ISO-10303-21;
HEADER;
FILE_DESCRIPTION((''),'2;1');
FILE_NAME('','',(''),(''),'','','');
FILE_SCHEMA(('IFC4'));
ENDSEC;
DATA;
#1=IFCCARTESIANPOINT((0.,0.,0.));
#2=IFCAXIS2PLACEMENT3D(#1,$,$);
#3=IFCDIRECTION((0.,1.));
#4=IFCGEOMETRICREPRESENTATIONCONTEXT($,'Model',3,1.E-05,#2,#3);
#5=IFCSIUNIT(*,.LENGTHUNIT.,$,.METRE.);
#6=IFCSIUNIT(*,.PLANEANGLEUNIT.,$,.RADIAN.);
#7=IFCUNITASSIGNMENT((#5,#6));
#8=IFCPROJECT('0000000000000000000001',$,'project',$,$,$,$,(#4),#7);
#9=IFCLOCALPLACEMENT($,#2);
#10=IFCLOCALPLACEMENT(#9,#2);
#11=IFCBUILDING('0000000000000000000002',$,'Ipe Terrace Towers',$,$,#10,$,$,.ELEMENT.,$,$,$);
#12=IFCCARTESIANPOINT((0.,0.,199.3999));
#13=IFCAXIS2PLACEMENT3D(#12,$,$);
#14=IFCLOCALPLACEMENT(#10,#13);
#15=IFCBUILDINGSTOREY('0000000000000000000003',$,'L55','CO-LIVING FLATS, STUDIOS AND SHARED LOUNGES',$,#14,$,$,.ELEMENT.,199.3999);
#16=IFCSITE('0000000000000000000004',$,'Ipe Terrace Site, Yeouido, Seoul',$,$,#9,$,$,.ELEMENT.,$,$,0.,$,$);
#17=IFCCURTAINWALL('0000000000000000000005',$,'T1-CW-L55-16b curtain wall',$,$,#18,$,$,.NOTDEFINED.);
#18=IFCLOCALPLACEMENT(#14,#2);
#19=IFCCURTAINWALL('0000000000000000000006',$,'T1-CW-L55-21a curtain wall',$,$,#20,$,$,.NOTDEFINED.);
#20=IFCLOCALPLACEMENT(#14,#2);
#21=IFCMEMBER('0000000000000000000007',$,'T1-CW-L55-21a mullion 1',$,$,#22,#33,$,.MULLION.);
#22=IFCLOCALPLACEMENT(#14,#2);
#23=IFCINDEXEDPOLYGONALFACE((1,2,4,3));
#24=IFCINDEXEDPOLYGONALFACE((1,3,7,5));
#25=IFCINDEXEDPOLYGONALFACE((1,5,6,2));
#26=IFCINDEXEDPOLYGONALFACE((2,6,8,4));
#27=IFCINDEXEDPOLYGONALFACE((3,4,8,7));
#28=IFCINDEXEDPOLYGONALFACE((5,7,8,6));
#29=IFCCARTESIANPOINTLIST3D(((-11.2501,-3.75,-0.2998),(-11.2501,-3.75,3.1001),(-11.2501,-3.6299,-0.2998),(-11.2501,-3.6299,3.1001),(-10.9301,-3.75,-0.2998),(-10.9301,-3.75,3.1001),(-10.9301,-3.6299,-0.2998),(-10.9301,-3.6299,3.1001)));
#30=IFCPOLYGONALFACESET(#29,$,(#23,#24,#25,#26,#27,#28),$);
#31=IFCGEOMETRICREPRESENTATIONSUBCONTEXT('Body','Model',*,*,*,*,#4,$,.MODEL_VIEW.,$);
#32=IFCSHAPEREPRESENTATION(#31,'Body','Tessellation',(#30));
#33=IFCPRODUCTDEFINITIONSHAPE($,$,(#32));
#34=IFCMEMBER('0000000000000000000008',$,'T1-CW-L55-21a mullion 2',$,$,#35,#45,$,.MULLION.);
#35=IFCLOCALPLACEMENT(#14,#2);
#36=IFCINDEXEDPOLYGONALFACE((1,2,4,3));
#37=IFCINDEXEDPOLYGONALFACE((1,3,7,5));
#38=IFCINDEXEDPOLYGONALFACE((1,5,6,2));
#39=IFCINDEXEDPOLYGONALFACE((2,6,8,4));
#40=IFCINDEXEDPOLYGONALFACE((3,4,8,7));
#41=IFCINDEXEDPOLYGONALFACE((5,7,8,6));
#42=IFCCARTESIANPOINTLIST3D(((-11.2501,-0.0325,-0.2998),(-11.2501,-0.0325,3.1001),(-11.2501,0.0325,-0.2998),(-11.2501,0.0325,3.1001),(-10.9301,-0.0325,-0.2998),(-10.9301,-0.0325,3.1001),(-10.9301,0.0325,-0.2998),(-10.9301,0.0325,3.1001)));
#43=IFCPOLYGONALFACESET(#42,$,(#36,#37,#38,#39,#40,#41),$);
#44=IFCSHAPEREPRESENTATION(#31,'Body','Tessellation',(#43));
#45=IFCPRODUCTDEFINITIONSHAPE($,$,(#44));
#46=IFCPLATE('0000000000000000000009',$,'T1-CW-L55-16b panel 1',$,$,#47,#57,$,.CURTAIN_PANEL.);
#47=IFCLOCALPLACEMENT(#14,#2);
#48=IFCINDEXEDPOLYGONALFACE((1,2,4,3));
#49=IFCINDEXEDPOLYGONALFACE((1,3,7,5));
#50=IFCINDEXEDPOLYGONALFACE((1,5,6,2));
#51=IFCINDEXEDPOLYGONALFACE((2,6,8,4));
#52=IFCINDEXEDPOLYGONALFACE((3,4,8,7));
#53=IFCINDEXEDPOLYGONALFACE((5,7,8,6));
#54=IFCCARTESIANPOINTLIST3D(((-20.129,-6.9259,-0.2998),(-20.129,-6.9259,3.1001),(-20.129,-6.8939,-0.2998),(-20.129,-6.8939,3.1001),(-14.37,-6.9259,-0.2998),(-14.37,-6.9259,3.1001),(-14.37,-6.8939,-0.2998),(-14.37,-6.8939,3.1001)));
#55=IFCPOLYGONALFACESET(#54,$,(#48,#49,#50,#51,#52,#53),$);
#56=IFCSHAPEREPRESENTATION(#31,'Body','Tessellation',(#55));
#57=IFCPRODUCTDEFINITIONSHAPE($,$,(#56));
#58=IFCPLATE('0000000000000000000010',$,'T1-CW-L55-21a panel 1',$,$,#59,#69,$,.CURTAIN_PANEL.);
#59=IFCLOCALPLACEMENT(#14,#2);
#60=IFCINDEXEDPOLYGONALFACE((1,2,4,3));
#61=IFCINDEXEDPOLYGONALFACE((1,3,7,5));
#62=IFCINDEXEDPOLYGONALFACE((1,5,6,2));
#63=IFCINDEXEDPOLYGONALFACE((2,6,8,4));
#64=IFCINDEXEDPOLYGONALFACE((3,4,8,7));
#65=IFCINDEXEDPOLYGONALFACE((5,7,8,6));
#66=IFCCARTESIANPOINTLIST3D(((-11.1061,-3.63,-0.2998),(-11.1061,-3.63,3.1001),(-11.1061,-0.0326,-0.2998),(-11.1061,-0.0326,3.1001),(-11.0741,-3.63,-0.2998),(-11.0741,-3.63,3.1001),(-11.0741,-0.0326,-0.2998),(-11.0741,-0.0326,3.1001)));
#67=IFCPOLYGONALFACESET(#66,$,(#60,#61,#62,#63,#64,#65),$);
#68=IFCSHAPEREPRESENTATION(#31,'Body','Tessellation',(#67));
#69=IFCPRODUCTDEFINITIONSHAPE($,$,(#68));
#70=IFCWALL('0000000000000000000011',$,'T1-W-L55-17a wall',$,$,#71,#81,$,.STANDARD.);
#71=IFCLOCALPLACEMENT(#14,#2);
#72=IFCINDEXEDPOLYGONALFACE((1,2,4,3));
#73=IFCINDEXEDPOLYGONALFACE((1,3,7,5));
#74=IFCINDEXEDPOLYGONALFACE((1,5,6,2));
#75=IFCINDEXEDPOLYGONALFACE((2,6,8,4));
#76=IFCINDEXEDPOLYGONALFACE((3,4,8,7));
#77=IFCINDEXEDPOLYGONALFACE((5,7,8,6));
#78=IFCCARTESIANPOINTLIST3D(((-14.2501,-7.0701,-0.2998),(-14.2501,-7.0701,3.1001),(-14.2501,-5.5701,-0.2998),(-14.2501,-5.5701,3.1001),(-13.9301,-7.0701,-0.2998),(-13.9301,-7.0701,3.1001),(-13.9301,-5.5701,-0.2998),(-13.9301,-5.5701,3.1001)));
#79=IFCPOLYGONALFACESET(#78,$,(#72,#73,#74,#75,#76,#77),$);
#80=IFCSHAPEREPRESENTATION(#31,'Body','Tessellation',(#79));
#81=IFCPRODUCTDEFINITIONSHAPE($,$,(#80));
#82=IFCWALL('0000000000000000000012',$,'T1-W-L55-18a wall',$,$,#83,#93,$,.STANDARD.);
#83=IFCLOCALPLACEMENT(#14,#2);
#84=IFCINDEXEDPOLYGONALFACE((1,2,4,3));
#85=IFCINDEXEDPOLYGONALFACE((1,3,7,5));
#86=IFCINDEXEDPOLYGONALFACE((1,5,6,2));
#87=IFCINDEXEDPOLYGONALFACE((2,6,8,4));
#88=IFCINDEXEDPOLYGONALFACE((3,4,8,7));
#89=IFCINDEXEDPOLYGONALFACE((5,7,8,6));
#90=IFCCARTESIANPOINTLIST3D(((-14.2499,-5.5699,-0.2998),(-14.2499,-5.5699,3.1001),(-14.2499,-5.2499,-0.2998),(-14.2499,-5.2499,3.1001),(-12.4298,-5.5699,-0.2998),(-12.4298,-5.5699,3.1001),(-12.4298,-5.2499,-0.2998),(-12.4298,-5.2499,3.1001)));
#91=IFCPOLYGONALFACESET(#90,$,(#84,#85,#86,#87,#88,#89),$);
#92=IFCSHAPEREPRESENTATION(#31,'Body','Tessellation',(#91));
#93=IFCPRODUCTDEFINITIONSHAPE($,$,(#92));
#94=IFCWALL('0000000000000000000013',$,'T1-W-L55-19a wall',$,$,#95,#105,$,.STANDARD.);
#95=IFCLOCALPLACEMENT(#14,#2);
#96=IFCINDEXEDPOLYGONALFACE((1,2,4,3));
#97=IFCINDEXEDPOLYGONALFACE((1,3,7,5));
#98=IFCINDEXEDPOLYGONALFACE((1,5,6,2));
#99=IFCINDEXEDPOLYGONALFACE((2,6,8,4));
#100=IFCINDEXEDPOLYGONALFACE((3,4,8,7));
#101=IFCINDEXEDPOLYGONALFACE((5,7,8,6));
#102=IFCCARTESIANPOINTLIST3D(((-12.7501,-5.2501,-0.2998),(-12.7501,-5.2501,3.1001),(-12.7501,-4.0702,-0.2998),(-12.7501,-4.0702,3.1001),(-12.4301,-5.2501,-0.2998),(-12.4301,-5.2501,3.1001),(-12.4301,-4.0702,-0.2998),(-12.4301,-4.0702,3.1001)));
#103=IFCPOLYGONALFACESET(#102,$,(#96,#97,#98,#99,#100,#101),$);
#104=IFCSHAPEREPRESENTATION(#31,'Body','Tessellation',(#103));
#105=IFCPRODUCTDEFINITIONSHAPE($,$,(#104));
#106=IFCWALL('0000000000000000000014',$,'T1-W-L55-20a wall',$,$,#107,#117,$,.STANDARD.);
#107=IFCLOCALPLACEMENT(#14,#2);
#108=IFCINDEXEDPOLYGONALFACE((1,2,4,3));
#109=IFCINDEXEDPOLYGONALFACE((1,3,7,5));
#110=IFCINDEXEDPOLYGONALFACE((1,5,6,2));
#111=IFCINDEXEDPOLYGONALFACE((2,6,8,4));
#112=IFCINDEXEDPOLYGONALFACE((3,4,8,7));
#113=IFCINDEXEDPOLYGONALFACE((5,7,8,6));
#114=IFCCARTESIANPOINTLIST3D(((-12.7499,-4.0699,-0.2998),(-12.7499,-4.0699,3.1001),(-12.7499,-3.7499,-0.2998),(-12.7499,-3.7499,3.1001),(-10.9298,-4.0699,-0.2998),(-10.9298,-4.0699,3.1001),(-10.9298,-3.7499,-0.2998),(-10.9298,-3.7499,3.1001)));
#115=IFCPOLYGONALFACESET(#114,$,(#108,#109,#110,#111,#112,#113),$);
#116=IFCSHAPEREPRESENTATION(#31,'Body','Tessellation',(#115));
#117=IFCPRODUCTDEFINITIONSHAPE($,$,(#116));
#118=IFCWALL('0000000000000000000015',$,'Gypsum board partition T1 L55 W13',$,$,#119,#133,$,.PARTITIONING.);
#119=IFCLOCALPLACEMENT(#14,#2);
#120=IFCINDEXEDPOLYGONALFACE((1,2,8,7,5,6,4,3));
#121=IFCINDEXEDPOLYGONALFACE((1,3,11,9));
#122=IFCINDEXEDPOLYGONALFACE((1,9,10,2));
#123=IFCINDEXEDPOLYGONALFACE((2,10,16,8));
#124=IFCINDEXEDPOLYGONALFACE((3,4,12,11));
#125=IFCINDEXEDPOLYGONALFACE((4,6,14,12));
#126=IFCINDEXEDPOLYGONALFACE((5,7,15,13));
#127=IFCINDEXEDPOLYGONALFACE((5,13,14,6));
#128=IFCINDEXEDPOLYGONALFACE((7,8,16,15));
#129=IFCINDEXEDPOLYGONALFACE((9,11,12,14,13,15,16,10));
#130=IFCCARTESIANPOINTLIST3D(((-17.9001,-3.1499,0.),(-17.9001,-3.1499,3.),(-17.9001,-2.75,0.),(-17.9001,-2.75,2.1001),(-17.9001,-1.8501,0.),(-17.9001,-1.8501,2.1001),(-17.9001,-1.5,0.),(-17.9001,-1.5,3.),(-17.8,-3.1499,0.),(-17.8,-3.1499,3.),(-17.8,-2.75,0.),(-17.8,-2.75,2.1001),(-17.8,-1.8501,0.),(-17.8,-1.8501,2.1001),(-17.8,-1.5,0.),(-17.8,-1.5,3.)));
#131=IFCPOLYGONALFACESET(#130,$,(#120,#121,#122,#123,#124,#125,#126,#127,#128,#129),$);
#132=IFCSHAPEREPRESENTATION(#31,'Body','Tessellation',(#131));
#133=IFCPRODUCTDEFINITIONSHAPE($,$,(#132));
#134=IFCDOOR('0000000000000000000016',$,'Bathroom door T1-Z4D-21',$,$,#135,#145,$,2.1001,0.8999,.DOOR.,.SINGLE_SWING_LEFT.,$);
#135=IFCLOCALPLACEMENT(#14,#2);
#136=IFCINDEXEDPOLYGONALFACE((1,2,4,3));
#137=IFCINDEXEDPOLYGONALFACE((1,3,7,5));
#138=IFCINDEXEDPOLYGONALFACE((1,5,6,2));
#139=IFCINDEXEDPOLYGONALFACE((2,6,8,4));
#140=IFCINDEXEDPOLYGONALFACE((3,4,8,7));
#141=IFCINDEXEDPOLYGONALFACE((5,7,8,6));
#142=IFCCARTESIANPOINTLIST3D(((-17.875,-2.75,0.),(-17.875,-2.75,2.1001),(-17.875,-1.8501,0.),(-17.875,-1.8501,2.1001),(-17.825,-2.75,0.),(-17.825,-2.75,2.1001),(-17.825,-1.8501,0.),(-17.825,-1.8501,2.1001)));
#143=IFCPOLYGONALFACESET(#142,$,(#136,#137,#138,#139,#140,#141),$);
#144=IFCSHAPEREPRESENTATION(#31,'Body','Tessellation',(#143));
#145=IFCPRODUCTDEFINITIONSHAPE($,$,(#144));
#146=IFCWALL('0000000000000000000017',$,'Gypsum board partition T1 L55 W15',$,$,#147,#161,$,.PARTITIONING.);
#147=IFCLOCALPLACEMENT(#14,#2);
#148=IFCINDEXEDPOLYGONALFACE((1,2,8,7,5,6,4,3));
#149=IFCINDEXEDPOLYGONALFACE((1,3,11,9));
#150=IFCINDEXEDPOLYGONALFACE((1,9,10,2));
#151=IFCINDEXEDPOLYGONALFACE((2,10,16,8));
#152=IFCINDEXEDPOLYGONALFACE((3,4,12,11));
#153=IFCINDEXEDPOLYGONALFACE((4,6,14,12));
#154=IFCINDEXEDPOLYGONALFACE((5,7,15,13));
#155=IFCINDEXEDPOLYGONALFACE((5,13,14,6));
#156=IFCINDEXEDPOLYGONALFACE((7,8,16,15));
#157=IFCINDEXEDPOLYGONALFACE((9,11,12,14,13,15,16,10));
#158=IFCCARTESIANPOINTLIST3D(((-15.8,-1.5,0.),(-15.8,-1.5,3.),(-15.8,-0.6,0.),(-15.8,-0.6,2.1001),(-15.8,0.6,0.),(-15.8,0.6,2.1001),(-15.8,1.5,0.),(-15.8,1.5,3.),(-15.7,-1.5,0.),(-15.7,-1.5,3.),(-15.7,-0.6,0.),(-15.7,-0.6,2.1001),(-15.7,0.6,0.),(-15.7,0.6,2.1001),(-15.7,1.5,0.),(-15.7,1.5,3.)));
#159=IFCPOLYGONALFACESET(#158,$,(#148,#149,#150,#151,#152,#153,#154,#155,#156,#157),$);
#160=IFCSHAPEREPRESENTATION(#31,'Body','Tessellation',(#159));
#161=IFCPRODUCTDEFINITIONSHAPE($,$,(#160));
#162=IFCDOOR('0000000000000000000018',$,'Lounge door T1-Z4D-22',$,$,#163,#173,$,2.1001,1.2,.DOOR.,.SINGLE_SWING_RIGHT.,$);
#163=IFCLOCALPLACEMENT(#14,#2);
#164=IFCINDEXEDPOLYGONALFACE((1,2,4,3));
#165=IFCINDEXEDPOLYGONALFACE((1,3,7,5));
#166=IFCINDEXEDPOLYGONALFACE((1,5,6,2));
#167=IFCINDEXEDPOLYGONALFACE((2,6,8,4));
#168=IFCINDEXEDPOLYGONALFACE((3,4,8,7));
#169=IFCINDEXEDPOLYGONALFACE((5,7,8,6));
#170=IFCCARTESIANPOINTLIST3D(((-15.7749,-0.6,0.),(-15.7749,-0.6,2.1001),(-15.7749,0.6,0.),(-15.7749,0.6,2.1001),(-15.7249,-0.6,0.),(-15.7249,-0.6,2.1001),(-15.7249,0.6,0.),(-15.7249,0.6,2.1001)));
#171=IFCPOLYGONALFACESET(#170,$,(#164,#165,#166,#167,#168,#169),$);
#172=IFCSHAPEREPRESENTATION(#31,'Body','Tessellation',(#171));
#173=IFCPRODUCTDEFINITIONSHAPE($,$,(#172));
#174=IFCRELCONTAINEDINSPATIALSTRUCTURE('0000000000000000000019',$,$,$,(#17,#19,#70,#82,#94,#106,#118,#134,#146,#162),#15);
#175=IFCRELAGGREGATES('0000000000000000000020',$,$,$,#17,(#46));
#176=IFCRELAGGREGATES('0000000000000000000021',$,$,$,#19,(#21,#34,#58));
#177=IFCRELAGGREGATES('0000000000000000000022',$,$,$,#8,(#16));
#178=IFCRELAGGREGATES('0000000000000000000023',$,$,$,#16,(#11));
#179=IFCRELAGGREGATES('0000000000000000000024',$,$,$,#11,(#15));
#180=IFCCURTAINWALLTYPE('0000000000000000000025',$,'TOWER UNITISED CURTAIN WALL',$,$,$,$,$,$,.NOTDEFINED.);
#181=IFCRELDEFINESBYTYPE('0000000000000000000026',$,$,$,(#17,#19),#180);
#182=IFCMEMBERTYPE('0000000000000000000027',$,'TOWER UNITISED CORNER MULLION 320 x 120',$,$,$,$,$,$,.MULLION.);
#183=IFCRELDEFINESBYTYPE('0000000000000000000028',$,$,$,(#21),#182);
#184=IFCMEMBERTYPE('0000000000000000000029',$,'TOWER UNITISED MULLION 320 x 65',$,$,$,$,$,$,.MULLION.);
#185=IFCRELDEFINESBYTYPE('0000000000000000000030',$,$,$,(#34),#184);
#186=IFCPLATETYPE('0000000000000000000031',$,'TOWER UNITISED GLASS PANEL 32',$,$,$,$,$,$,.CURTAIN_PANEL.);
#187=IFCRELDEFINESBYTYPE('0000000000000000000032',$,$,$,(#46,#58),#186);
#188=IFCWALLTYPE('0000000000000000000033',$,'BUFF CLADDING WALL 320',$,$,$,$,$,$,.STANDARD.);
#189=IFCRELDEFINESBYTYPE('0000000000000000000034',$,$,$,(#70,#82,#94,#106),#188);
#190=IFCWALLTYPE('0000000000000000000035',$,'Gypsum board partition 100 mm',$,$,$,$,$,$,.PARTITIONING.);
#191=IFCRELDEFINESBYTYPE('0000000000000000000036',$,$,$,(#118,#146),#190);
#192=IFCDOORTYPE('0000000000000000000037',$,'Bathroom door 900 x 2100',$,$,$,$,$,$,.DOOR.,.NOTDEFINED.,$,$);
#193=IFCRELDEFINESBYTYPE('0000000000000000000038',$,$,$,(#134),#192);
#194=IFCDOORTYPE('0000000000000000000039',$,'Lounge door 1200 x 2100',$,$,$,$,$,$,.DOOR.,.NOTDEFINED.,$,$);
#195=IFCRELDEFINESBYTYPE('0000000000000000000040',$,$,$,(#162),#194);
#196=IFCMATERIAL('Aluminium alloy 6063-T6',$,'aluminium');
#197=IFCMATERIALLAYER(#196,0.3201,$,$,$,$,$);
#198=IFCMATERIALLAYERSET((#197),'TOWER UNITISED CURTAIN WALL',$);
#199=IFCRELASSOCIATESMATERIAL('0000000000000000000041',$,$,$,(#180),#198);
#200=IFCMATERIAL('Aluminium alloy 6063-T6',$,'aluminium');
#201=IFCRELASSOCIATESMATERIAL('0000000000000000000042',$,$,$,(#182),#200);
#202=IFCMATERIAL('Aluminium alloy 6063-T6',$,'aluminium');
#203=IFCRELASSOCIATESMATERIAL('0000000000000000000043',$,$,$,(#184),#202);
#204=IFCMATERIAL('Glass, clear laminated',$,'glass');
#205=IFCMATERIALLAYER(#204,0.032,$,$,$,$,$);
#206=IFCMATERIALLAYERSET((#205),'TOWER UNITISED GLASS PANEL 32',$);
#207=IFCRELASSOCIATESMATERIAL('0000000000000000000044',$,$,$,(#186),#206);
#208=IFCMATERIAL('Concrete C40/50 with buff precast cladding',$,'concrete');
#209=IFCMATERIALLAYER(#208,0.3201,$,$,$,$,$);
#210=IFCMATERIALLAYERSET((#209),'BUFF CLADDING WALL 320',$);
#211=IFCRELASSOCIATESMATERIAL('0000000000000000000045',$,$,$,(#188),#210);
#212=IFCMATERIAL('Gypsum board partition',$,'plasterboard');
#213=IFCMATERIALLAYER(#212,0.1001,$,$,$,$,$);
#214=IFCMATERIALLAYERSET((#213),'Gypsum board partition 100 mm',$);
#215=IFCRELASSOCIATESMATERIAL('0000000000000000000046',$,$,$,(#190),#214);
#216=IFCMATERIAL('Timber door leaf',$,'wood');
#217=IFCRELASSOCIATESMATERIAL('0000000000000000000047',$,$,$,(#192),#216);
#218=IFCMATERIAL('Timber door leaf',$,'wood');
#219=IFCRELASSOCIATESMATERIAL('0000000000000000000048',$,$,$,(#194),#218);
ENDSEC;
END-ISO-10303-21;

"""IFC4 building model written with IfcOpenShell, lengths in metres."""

from ifc_helpers import new_model, si_unit, direction, frame, frame_2d, origin, origin_2d, place, context, subcontext, project, spatial, rectangle, extrude, material, layer, layer_set, material_profile, profile_set, type_object, element, fill, aggregate, save


model = new_model("IFC4")

# Units and contexts
model_context = context("Model", 3, precision=1e-05, world=origin(), true_north=direction((0.0, 1.0)))
body_context = subcontext(model_context, "Body", "Model", "MODEL_VIEW")
ifc_project = project(units=[si_unit("LENGTHUNIT", "METRE"), si_unit("PLANEANGLEUNIT", "RADIAN")], contexts=[model_context])

# Site, building, storey
site_placement = place(None, origin())
site = spatial("IfcSite", under=ifc_project, at=site_placement, Name="Ipe Terrace Site, Yeouido, Seoul", CompositionType="ELEMENT", RefElevation=0.0)
building_placement = place(site_placement, origin())
building = spatial("IfcBuilding", under=site, at=building_placement, Name="Ipe Terrace Towers", CompositionType="ELEMENT")
storey_placement = place(building_placement, frame((0.0, 0.0, 199.3999)))
storey = spatial("IfcBuildingStorey", under=building, at=storey_placement, Name="L55", Description="CO-LIVING FLATS, STUDIOS AND SHARED LOUNGES", CompositionType="ELEMENT", Elevation=199.3999)

# Curtain walls, members
ifc_material_1 = material(Name="Aluminium alloy 6063-T6", Category="aluminium")
ifc_layer_1 = layer(ifc_material_1, 0.3201)
ifc_layer_set_1 = layer_set([ifc_layer_1], Name="TOWER UNITISED CURTAIN WALL")
curtain_wall_type = type_object("IfcCurtainWallType", Name="TOWER UNITISED CURTAIN WALL", PredefinedType="NOTDEFINED", material=ifc_layer_set_1)
curtain_wall_1_placement = place(storey_placement, origin())
curtain_wall_1 = element("IfcCurtainWall", 1, at=curtain_wall_1_placement, inside=storey, type_object=curtain_wall_type, Name="T1-CW-L55-16b curtain wall", PredefinedType="NOTDEFINED")
ifc_material_2 = material(Name="Aluminium alloy 6063-T6", Category="aluminium")
ifc_material_profile_1 = material_profile(ifc_material_2, rectangle(XDim=0.3201, YDim=0.1201, at=origin_2d()), Name="TOWER UNITISED CORNER MULLION 320 x 120")
ifc_profile_set_1 = profile_set([ifc_material_profile_1], Name="Aluminium alloy 6063-T6")
member_type_1 = type_object("IfcMemberType", Name="TOWER UNITISED CORNER MULLION 320 x 120", PredefinedType="MULLION", material=ifc_profile_set_1)
curtain_wall_2_placement = place(storey_placement, origin())
curtain_wall_2 = element("IfcCurtainWall", 2, at=curtain_wall_2_placement, inside=storey, type_object=curtain_wall_type, Name="T1-CW-L55-21a curtain wall", PredefinedType="NOTDEFINED")
member_1_placement = place(storey_placement, frame((-11.0901, -3.6899, -0.2998), z_axis=(0.0, 0.0, 1.0), x_axis=(1.0, 0.0, 0.0)))
member_1 = element("IfcMember", 3, at=member_1_placement, type_object=member_type_1, Name="T1-CW-L55-21a mullion 1", PredefinedType="MULLION", context=body_context, shape_type="SweptSolid", body=[
    extrude(rectangle(XDim=0.3201, YDim=0.1201, at=origin_2d()), origin(), (0.0, 0.0, 1.0), 3.3999),
])
ifc_material_3 = material(Name="Aluminium alloy 6063-T6", Category="aluminium")
ifc_material_profile_2 = material_profile(ifc_material_3, rectangle(XDim=0.3201, YDim=0.0649, at=origin_2d()), Name="TOWER UNITISED MULLION 320 x 65")
ifc_profile_set_2 = profile_set([ifc_material_profile_2], Name="Aluminium alloy 6063-T6")
member_type_2 = type_object("IfcMemberType", Name="TOWER UNITISED MULLION 320 x 65", PredefinedType="MULLION", material=ifc_profile_set_2)
member_2_placement = place(storey_placement, frame((-11.0901, 0.0, -0.2998), z_axis=(0.0, 0.0, 1.0), x_axis=(1.0, 0.0, 0.0)))
member_2 = element("IfcMember", 4, at=member_2_placement, type_object=member_type_2, Name="T1-CW-L55-21a mullion 2", PredefinedType="MULLION", context=body_context, shape_type="SweptSolid", body=[
    extrude(rectangle(XDim=0.3201, YDim=0.0649, at=origin_2d()), origin(), (0.0, 0.0, 1.0), 3.3999),
])

# Plates
ifc_material_4 = material(Name="Glass, clear laminated", Category="glass")
ifc_layer_2 = layer(ifc_material_4, 0.032)
ifc_layer_set_2 = layer_set([ifc_layer_2], Name="TOWER UNITISED GLASS PANEL 32")
plate_type = type_object("IfcPlateType", Name="TOWER UNITISED GLASS PANEL 32", PredefinedType="CURTAIN_PANEL", material=ifc_layer_set_2)
plate_1_placement = place(storey_placement, frame((-17.2495, -6.9099, -0.2998), z_axis=(0.0, 0.0, 1.0), x_axis=(1.0, 0.0, 0.0)))
plate_1 = element("IfcPlate", 5, at=plate_1_placement, type_object=plate_type, Name="T1-CW-L55-16b panel 1", PredefinedType="CURTAIN_PANEL", context=body_context, shape_type="SweptSolid", body=[
    extrude(rectangle(XDim=5.759, YDim=0.032, at=origin_2d()), origin(), (0.0, 0.0, 1.0), 3.3999),
])
aggregate(curtain_wall_1, [plate_1])
plate_2_placement = place(storey_placement, frame((-11.0901, -1.8313, -0.2998), z_axis=(0.0, 0.0, 1.0), x_axis=(0.0, 1.0, 0.0)))
plate_2 = element("IfcPlate", 6, at=plate_2_placement, type_object=plate_type, Name="T1-CW-L55-21a panel 1", PredefinedType="CURTAIN_PANEL", context=body_context, shape_type="SweptSolid", body=[
    extrude(rectangle(XDim=3.5974, YDim=0.032, at=origin_2d()), origin(), (0.0, 0.0, 1.0), 3.3999),
])
aggregate(curtain_wall_2, [member_1, member_2, plate_2])

# Walls
ifc_material_5 = material(Name="Concrete C40/50 with buff precast cladding", Category="concrete")
ifc_layer_3 = layer(ifc_material_5, 0.3201)
ifc_layer_set_3 = layer_set([ifc_layer_3], Name="BUFF CLADDING WALL 320")
wall_type_1 = type_object("IfcWallType", Name="BUFF CLADDING WALL 320", PredefinedType="STANDARD", material=ifc_layer_set_3)
wall_1_placement = place(storey_placement, frame((-14.0901, -7.0701, -0.2998), z_axis=(0.0, 0.0, 1.0), x_axis=(0.0, 1.0, 0.0)))
element("IfcWall", 7, at=wall_1_placement, inside=storey, type_object=wall_type_1, Name="T1-W-L55-17a wall", PredefinedType="STANDARD", context=body_context, shape_type="SweptSolid", body=[
    extrude(rectangle(XDim=1.5, YDim=0.3201, at=frame_2d((0.75, 0.0))), origin(), (0.0, 0.0, 1.0), 3.3999),
])
wall_2_placement = place(storey_placement, frame((-14.25, -5.4099, -0.2998), z_axis=(0.0, 0.0, 1.0), x_axis=(1.0, 0.0, 0.0)))
element("IfcWall", 8, at=wall_2_placement, inside=storey, type_object=wall_type_1, Name="T1-W-L55-18a wall", PredefinedType="STANDARD", context=body_context, shape_type="SweptSolid", body=[
    extrude(rectangle(XDim=1.8201, YDim=0.3201, at=frame_2d((0.9102, 0.0))), origin(), (0.0, 0.0, 1.0), 3.3999),
])
wall_3_placement = place(storey_placement, frame((-12.5901, -5.25, -0.2998), z_axis=(0.0, 0.0, 1.0), x_axis=(0.0, 1.0, 0.0)))
element("IfcWall", 9, at=wall_3_placement, inside=storey, type_object=wall_type_1, Name="T1-W-L55-19a wall", PredefinedType="STANDARD", context=body_context, shape_type="SweptSolid", body=[
    extrude(rectangle(XDim=1.1799, YDim=0.3201, at=frame_2d((0.5898, 0.0))), origin(), (0.0, 0.0, 1.0), 3.3999),
])
wall_4_placement = place(storey_placement, frame((-12.75, -3.9099, -0.2998), z_axis=(0.0, 0.0, 1.0), x_axis=(1.0, 0.0, 0.0)))
element("IfcWall", 10, at=wall_4_placement, inside=storey, type_object=wall_type_1, Name="T1-W-L55-20a wall", PredefinedType="STANDARD", context=body_context, shape_type="SweptSolid", body=[
    extrude(rectangle(XDim=1.8201, YDim=0.3201, at=frame_2d((0.9102, 0.0))), origin(), (0.0, 0.0, 1.0), 3.3999),
])

# Walls, openings, doors
ifc_material_6 = material(Name="Gypsum board partition", Category="plasterboard")
ifc_layer_4 = layer(ifc_material_6, 0.1001)
ifc_layer_set_4 = layer_set([ifc_layer_4], Name="Gypsum board partition 100 mm")
wall_type_2 = type_object("IfcWallType", Name="Gypsum board partition 100 mm", PredefinedType="PARTITIONING", material=ifc_layer_set_4)
wall_5_placement = place(storey_placement, frame((-17.8501, -3.1499, 0.0), z_axis=(0.0, 0.0, 1.0), x_axis=(0.0, 1.0, 0.0)))
wall_5 = element("IfcWall", 11, at=wall_5_placement, inside=storey, type_object=wall_type_2, Name="Gypsum board partition T1 L55 W13", PredefinedType="PARTITIONING", context=body_context, shape_type="SweptSolid", body=[
    extrude(rectangle(XDim=1.6499, YDim=0.1001, at=frame_2d((0.825, 0.0))), origin(), (0.0, 0.0, 1.0), 3.0),
])
opening_1_placement = place(wall_5_placement, frame((0.3999, 0.0, 0.0)))
opening_1 = element("IfcOpeningElement", 12, at=opening_1_placement, cuts=wall_5, PredefinedType="OPENING", context=body_context, shape_type="SweptSolid", body=[
    extrude(rectangle(XDim=0.8999, YDim=2.1001, at=frame_2d((0.45, 1.05))), frame((0.0, 0.0601, 0.0), z_axis=(0.0, -1.0, 0.0), x_axis=(1.0, 0.0, 0.0)), (0.0, 0.0, 1.0), 0.1201),
])
ifc_material_7 = material(Name="Timber door leaf", Category="wood")
door_type_1 = type_object("IfcDoorType", Name="Bathroom door 900 x 2100", OperationType="NOTDEFINED", PredefinedType="DOOR", material=ifc_material_7)
door_1_placement = place(opening_1_placement, origin())
door_1 = element("IfcDoor", 13, at=door_1_placement, inside=storey, type_object=door_type_1, Name="Bathroom door T1-Z4D-21", OperationType="SINGLE_SWING_LEFT", OverallHeight=2.1001, OverallWidth=0.8999, PredefinedType="DOOR", context=body_context, shape_type="SweptSolid", body=[
    extrude(rectangle(XDim=0.8999, YDim=2.1001, at=frame_2d((0.45, 1.05))), frame((0.0, 0.0249, 0.0), z_axis=(0.0, -1.0, 0.0), x_axis=(1.0, 0.0, 0.0)), (0.0, 0.0, 1.0), 0.05),
])
fill(opening_1, door_1)
wall_6_placement = place(storey_placement, frame((-15.75, -1.5, 0.0), z_axis=(0.0, 0.0, 1.0), x_axis=(0.0, 1.0, 0.0)))
wall_6 = element("IfcWall", 14, at=wall_6_placement, inside=storey, type_object=wall_type_2, Name="Gypsum board partition T1 L55 W15", PredefinedType="PARTITIONING", context=body_context, shape_type="SweptSolid", body=[
    extrude(rectangle(XDim=3.0, YDim=0.1001, at=frame_2d((1.5, 0.0))), origin(), (0.0, 0.0, 1.0), 3.0),
])
opening_2_placement = place(wall_6_placement, frame((0.8999, 0.0, 0.0)))
opening_2 = element("IfcOpeningElement", 15, at=opening_2_placement, cuts=wall_6, PredefinedType="OPENING", context=body_context, shape_type="SweptSolid", body=[
    extrude(rectangle(XDim=1.2, YDim=2.1001, at=frame_2d((0.6001, 1.05))), frame((0.0, 0.0601, 0.0), z_axis=(0.0, -1.0, 0.0), x_axis=(1.0, 0.0, 0.0)), (0.0, 0.0, 1.0), 0.1201),
])
ifc_material_8 = material(Name="Timber door leaf", Category="wood")
door_type_2 = type_object("IfcDoorType", Name="Lounge door 1200 x 2100", OperationType="NOTDEFINED", PredefinedType="DOOR", material=ifc_material_8)
door_2_placement = place(opening_2_placement, origin())
door_2 = element("IfcDoor", 16, at=door_2_placement, inside=storey, type_object=door_type_2, Name="Lounge door T1-Z4D-22", OperationType="SINGLE_SWING_RIGHT", OverallHeight=2.1001, OverallWidth=1.2, PredefinedType="DOOR", context=body_context, shape_type="SweptSolid", body=[
    extrude(rectangle(XDim=1.2, YDim=2.1001, at=frame_2d((0.6001, 1.05))), frame((0.0, 0.0249, 0.0), z_axis=(0.0, -1.0, 0.0), x_axis=(1.0, 0.0, 0.0)), (0.0, 0.0, 1.0), 0.05),
])
fill(opening_2, door_2)

save(model, "model.ifc")
